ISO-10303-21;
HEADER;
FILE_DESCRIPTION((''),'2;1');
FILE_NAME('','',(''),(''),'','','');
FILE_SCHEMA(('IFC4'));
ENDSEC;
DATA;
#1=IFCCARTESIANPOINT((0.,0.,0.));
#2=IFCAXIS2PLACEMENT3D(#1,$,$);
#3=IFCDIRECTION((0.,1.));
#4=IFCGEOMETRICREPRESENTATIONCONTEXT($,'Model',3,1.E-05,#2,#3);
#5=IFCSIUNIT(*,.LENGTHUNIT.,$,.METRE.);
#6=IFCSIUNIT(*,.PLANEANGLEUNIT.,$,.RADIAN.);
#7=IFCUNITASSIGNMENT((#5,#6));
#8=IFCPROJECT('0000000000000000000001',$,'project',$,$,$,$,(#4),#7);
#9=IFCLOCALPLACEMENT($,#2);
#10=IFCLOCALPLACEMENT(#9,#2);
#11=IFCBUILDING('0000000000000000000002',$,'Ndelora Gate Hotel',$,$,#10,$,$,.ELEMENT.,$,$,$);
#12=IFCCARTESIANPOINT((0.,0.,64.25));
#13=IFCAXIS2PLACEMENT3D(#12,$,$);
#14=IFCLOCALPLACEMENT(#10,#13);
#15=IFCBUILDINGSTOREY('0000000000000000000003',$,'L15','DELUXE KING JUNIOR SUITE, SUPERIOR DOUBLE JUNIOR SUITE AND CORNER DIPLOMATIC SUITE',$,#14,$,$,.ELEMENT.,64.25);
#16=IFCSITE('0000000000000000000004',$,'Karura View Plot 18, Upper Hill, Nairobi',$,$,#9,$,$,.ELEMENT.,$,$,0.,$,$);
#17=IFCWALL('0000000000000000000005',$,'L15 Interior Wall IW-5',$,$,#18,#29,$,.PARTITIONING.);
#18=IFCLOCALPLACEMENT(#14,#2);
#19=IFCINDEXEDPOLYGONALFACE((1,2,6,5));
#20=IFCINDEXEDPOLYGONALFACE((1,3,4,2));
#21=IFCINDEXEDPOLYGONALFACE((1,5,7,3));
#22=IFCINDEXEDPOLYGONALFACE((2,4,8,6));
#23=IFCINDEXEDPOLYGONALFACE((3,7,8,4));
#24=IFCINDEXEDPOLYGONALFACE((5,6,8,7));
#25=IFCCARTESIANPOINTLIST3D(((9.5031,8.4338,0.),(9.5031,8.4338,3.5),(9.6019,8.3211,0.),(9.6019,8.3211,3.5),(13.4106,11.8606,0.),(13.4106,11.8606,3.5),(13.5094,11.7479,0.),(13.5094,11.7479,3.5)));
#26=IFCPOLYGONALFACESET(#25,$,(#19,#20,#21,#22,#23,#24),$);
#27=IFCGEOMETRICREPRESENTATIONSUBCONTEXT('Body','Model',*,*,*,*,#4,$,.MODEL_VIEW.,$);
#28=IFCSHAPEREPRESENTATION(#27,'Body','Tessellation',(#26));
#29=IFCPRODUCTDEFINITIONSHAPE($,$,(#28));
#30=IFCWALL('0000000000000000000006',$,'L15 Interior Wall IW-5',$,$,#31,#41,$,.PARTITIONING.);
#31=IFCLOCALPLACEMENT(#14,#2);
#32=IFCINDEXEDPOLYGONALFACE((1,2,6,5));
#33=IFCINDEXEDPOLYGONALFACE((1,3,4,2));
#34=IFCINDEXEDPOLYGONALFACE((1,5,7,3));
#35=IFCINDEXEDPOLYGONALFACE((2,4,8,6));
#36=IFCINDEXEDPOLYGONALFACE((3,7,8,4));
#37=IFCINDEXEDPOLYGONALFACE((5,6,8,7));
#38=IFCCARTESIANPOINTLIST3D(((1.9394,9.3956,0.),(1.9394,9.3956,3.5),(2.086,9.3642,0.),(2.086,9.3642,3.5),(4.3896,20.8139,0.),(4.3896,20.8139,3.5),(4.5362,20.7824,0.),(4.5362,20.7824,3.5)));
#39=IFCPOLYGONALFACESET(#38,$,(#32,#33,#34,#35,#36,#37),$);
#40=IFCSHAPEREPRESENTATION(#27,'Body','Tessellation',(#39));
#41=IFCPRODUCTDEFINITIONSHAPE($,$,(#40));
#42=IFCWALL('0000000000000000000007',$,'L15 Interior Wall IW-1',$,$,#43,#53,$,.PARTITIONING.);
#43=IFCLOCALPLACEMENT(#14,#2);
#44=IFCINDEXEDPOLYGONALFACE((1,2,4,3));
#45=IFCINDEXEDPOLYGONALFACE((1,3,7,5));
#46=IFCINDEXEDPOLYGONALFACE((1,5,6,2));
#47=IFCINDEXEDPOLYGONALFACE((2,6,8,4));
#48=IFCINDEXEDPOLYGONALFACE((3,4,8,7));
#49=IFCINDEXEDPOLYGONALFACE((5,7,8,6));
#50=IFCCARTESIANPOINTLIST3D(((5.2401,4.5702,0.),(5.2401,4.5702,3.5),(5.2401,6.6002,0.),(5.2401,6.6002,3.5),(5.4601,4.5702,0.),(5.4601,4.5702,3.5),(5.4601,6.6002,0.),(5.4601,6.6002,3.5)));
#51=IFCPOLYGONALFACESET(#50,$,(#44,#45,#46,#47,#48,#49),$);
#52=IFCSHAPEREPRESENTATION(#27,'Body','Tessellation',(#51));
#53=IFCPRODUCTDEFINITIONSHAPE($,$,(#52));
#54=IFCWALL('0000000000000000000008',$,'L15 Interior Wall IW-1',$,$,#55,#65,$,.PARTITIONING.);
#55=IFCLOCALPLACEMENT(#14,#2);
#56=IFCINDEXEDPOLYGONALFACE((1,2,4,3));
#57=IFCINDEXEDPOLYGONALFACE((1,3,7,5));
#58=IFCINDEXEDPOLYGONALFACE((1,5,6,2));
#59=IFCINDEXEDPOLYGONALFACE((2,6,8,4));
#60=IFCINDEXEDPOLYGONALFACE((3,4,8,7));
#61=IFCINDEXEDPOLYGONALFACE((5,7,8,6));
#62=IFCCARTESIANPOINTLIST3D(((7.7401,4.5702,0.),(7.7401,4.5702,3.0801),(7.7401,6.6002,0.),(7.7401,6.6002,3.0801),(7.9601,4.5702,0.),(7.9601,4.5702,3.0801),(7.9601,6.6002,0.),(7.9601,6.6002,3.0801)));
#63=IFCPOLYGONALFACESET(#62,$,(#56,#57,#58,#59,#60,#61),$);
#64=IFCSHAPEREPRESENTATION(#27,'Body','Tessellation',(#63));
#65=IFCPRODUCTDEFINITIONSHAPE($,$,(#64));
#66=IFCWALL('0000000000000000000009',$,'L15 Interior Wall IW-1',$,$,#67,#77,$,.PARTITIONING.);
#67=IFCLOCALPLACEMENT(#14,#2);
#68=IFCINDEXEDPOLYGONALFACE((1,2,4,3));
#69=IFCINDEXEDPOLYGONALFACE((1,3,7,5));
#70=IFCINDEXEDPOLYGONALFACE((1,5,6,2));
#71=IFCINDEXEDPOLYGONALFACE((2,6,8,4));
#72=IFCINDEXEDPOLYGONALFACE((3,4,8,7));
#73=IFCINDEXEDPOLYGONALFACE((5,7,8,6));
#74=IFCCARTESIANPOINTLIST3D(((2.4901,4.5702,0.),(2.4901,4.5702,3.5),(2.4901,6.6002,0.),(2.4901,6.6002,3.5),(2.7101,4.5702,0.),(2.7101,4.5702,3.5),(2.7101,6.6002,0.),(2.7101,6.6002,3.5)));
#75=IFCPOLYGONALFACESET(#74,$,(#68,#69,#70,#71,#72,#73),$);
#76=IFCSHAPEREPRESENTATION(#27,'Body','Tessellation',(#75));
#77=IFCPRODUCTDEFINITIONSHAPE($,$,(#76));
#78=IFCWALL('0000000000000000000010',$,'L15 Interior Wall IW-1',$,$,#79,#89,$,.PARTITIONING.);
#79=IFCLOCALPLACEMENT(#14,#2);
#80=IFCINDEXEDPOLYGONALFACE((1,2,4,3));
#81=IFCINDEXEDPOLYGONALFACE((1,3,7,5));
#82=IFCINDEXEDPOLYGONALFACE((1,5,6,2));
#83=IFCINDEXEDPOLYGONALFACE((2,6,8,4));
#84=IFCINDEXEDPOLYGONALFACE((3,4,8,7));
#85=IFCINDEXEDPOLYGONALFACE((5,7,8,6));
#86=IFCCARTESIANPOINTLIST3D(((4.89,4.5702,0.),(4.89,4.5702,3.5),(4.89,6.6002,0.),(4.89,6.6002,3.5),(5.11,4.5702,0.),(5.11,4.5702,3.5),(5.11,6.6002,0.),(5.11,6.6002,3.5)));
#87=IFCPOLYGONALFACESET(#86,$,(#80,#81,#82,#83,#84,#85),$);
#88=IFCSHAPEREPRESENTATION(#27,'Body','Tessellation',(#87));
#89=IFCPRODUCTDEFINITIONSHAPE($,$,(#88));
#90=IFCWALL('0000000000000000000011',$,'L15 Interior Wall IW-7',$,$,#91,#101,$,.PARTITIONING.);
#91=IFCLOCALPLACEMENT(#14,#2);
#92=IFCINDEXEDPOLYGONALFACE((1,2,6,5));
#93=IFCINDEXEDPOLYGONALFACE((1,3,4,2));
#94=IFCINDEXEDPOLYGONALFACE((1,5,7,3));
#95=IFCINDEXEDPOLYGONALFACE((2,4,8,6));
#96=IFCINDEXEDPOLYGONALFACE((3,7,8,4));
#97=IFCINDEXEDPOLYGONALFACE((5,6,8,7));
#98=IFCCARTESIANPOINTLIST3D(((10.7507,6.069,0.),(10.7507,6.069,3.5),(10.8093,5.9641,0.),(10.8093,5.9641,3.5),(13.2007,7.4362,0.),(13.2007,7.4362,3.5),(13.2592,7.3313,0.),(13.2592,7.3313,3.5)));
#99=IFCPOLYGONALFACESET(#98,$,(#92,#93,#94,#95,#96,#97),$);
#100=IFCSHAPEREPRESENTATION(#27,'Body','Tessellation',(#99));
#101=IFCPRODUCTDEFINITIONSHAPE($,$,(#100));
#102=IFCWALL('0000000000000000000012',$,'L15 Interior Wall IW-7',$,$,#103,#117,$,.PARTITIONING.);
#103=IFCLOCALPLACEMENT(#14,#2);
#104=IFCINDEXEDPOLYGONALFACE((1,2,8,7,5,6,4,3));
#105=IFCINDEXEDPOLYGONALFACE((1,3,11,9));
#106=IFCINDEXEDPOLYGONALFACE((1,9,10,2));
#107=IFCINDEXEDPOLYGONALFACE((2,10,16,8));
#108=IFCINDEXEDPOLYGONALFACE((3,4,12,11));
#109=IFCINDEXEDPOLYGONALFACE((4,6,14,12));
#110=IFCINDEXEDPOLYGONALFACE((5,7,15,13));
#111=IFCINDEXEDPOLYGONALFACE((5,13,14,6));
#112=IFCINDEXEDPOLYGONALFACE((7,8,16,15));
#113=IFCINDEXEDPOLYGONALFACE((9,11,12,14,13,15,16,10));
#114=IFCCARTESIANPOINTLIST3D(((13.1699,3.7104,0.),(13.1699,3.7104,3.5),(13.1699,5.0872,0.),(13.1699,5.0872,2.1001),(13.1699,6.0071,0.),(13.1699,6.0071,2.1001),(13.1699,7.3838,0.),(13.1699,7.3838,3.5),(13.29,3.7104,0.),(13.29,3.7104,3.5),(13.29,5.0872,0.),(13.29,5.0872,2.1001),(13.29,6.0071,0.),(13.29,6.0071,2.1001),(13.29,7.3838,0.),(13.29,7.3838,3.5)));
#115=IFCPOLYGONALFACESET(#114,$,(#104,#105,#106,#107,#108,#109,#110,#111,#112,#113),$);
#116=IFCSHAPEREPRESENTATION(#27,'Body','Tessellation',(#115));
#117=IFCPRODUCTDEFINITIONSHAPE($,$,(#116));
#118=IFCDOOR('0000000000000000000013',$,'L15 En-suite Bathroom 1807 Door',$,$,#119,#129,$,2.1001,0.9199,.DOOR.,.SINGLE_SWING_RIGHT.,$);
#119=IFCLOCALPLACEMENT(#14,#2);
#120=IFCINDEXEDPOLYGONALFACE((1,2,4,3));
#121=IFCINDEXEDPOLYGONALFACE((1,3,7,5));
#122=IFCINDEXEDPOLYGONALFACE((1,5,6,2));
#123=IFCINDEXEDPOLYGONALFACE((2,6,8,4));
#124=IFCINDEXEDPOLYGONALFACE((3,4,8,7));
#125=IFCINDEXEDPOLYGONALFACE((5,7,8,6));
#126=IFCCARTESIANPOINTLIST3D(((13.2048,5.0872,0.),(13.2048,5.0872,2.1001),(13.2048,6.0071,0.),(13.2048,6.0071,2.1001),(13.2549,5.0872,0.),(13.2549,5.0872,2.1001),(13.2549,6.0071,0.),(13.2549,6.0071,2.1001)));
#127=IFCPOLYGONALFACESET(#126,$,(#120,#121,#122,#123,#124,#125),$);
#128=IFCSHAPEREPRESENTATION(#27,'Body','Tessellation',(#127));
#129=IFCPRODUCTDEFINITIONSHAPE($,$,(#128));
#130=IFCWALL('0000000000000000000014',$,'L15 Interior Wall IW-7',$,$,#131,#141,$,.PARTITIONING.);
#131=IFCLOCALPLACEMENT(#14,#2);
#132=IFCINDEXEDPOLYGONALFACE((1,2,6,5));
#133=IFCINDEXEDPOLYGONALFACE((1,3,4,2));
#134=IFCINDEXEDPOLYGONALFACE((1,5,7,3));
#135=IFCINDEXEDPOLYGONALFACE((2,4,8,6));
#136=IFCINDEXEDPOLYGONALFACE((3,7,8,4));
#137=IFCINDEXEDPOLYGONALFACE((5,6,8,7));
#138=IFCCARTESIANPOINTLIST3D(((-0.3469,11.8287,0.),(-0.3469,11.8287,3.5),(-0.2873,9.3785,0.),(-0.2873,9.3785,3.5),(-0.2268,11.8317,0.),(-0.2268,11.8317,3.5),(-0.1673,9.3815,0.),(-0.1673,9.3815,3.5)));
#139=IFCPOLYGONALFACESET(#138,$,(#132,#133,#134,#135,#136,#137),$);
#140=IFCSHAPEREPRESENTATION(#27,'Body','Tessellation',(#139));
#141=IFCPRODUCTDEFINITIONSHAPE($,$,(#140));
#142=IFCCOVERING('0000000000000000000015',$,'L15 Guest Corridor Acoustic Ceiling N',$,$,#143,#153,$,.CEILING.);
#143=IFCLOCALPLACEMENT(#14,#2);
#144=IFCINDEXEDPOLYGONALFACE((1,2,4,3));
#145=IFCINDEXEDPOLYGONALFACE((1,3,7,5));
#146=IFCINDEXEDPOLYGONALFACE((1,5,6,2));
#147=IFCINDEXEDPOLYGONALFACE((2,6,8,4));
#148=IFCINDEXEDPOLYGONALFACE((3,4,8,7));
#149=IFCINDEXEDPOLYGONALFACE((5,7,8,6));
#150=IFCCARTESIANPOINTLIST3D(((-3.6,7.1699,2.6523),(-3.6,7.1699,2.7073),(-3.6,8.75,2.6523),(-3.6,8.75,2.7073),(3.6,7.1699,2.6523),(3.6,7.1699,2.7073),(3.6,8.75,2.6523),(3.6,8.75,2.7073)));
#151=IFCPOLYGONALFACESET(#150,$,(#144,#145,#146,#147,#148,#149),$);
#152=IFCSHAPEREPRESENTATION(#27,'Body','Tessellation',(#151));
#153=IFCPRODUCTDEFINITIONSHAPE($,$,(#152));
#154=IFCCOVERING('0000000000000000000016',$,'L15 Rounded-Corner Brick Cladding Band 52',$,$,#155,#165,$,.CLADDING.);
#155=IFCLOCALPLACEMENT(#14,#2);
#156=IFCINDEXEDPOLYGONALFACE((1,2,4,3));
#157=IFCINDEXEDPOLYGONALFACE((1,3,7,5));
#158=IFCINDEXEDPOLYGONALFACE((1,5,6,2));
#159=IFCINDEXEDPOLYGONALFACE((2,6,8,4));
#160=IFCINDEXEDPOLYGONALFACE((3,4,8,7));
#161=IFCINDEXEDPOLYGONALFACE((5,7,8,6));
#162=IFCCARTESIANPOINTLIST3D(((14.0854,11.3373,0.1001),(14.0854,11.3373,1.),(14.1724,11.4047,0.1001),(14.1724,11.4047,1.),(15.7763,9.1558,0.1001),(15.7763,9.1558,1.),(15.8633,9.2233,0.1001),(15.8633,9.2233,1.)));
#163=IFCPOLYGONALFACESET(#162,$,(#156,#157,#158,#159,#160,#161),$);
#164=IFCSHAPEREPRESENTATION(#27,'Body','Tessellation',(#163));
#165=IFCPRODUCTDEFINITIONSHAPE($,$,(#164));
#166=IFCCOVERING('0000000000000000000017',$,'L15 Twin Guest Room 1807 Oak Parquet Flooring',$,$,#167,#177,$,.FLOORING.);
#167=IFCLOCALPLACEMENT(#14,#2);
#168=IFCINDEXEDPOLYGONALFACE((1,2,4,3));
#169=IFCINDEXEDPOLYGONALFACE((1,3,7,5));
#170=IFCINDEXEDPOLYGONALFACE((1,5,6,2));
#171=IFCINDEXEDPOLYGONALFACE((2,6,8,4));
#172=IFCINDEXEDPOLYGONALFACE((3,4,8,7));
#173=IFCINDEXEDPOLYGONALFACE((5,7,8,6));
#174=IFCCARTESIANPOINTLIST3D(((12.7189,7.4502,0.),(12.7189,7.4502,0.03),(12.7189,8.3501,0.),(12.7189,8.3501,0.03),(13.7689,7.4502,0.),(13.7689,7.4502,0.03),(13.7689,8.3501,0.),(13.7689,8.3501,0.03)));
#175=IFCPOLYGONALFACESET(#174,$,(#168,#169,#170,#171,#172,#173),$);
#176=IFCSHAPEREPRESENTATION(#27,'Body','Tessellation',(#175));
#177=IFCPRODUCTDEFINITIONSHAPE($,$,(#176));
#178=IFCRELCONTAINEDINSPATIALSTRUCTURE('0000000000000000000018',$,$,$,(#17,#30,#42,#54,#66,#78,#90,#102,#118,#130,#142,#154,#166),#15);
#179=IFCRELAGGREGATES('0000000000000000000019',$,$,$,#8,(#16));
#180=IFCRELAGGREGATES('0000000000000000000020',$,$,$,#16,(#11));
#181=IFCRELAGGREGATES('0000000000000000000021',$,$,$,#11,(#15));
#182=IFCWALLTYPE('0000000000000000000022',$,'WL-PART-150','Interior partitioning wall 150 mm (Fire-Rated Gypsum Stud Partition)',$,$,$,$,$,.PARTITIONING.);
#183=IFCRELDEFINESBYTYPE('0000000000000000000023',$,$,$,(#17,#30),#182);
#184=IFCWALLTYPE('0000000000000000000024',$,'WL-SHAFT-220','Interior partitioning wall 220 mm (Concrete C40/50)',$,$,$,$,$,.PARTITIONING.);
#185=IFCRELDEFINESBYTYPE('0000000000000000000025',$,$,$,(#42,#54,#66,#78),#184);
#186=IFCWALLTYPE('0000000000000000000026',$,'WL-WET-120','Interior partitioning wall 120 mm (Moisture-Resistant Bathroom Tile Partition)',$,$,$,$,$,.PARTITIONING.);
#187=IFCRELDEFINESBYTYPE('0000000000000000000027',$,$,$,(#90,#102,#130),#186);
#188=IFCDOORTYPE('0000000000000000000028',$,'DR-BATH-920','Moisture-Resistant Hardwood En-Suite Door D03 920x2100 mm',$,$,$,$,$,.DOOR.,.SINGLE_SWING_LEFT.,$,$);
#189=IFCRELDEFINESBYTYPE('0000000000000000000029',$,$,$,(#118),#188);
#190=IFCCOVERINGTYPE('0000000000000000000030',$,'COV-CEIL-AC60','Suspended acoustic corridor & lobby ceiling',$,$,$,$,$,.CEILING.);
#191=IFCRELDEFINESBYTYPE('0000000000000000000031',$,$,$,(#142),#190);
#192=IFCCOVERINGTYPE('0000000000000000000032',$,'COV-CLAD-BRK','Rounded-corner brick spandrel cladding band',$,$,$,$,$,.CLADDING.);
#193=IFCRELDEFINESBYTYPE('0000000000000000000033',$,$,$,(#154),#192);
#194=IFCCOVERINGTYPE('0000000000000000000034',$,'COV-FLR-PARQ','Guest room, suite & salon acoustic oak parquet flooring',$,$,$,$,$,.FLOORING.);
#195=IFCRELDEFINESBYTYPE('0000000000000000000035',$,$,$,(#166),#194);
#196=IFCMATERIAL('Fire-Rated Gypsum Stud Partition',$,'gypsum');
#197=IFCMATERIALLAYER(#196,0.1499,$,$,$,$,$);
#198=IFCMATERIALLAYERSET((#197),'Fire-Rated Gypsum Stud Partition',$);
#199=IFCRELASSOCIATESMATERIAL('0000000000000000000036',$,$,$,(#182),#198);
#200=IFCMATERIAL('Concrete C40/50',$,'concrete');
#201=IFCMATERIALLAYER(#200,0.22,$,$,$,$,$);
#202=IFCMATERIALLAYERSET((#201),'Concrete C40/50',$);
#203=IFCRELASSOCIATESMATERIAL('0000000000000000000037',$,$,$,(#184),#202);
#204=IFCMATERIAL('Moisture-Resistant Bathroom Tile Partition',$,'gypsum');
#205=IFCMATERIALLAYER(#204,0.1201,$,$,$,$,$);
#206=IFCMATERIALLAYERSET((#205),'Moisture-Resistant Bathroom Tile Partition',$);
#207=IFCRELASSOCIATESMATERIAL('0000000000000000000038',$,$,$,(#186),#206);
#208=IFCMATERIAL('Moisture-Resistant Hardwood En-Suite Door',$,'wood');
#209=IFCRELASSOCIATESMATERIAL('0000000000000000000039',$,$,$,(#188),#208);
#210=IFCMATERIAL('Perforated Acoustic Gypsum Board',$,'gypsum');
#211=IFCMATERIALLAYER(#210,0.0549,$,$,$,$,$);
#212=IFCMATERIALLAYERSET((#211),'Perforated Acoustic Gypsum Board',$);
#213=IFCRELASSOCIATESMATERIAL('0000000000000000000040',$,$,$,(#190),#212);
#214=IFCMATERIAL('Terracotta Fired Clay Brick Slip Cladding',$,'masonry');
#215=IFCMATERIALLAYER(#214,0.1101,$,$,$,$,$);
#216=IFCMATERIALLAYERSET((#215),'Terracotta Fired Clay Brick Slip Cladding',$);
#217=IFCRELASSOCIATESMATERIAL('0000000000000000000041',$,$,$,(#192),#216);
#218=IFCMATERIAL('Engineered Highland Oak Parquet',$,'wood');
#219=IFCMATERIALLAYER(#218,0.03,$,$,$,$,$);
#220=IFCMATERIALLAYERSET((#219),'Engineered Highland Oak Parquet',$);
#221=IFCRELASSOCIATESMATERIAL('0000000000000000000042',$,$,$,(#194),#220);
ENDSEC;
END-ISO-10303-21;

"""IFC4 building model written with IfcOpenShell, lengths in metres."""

from ifc_helpers import new_model, si_unit, direction, frame, frame_2d, origin, origin_2d, place, context, subcontext, project, spatial, rectangle, extrude, material, layer, layer_set, type_object, element, fill, save


model = new_model("IFC4")

# Units and contexts
model_context = context("Model", 3, precision=1e-05, world=origin(), true_north=direction((0.0, 1.0)))
body_context = subcontext(model_context, "Body", "Model", "MODEL_VIEW")
ifc_project = project(units=[si_unit("LENGTHUNIT", "METRE"), si_unit("PLANEANGLEUNIT", "RADIAN")], contexts=[model_context])

# Site, building, storey
site_placement = place(None, origin())
site = spatial("IfcSite", under=ifc_project, at=site_placement, Name="Karura View Plot 18, Upper Hill, Nairobi", CompositionType="ELEMENT", RefElevation=0.0)
building_placement = place(site_placement, origin())
building = spatial("IfcBuilding", under=site, at=building_placement, Name="Ndelora Gate Hotel", CompositionType="ELEMENT")
storey_placement = place(building_placement, frame((0.0, 0.0, 64.25)))
storey = spatial("IfcBuildingStorey", under=building, at=storey_placement, Name="L15", Description="DELUXE KING JUNIOR SUITE, SUPERIOR DOUBLE JUNIOR SUITE AND CORNER DIPLOMATIC SUITE", CompositionType="ELEMENT", Elevation=64.25)

# Shared definitions
ifc_material_1 = material(Name="Fire-Rated Gypsum Stud Partition", Category="gypsum")
ifc_layer_1 = layer(ifc_material_1, 0.1499)
ifc_layer_set_1 = layer_set([ifc_layer_1], Name="Fire-Rated Gypsum Stud Partition")
wall_type_1 = type_object("IfcWallType", Name="WL-PART-150", Description="Interior partitioning wall 150 mm (Fire-Rated Gypsum Stud Partition)", PredefinedType="PARTITIONING", material=ifc_layer_set_1)

# Walls
wall_1_placement = place(storey_placement, frame((9.5525, 8.3774, 0.0), z_axis=(0.0, 0.0, 1.0), x_axis=(0.75184, 0.659346, 0.0)))
element("IfcWall", 1, at=wall_1_placement, inside=storey, type_object=wall_type_1, Name="L15 Interior Wall IW-5", PredefinedType="PARTITIONING", context=body_context, shape_type="SweptSolid", body=[
    extrude(rectangle(XDim=5.1973, YDim=0.1499, at=frame_2d((2.5986, 0.0))), origin(), (0.0, 0.0, 1.0), 3.5),
])
wall_2_placement = place(storey_placement, frame((2.0127, 9.3799, 0.0), z_axis=(0.0, 0.0, 1.0), x_axis=(0.20981, 0.977742, 0.0)))
element("IfcWall", 2, at=wall_2_placement, inside=storey, type_object=wall_type_1, Name="L15 Interior Wall IW-5", PredefinedType="PARTITIONING", context=body_context, shape_type="SweptSolid", body=[
    extrude(rectangle(XDim=11.6782, YDim=0.1499, at=frame_2d((5.8391, 0.0))), origin(), (0.0, 0.0, 1.0), 3.5),
])
ifc_material_2 = material(Name="Concrete C40/50", Category="concrete")
ifc_layer_2 = layer(ifc_material_2, 0.22)
ifc_layer_set_2 = layer_set([ifc_layer_2], Name="Concrete C40/50")
wall_type_2 = type_object("IfcWallType", Name="WL-SHAFT-220", Description="Interior partitioning wall 220 mm (Concrete C40/50)", PredefinedType="PARTITIONING", material=ifc_layer_set_2)
wall_3_placement = place(storey_placement, frame((5.3501, 4.5701, 0.0), z_axis=(0.0, 0.0, 1.0), x_axis=(0.0, 1.0, 0.0)))
element("IfcWall", 3, at=wall_3_placement, inside=storey, type_object=wall_type_2, Name="L15 Interior Wall IW-1", PredefinedType="PARTITIONING", context=body_context, shape_type="SweptSolid", body=[
    extrude(rectangle(XDim=2.03, YDim=0.22, at=frame_2d((1.0151, 0.0))), origin(), (0.0, 0.0, 1.0), 3.5),
])
wall_4_placement = place(storey_placement, frame((7.8501, 4.5701, 0.0), z_axis=(0.0, 0.0, 1.0), x_axis=(0.0, 1.0, 0.0)))
element("IfcWall", 4, at=wall_4_placement, inside=storey, type_object=wall_type_2, Name="L15 Interior Wall IW-1", PredefinedType="PARTITIONING", context=body_context, shape_type="SweptSolid", body=[
    extrude(rectangle(XDim=2.03, YDim=0.22, at=frame_2d((1.0151, 0.0))), origin(), (0.0, 0.0, 1.0), 3.0801),
])
for number, where, z_axis, x_axis, name in (
    (5, (2.6001, 4.5701, 0.0), (0.0, 0.0, 1.0), (0.0, 1.0, 0.0), "L15 Interior Wall IW-1"),
    (6, (5.0, 4.5701, 0.0), (0.0, 0.0, 1.0), (0.0, 1.0, 0.0), "L15 Interior Wall IW-1"),
):
    element("IfcWall", number, at=place(storey_placement, frame(where, z_axis=z_axis, x_axis=x_axis)), inside=storey, type_object=wall_type_2, Name=name, PredefinedType="PARTITIONING", context=body_context, shape_type="SweptSolid", body=[
        extrude(rectangle(XDim=2.03, YDim=0.22, at=frame_2d((1.0151, 0.0))), origin(), (0.0, 0.0, 1.0), 3.5),
    ])
ifc_material_3 = material(Name="Moisture-Resistant Bathroom Tile Partition", Category="gypsum")
ifc_layer_3 = layer(ifc_material_3, 0.1201)
ifc_layer_set_3 = layer_set([ifc_layer_3], Name="Moisture-Resistant Bathroom Tile Partition")
wall_type_3 = type_object("IfcWallType", Name="WL-WET-120", Description="Interior partitioning wall 120 mm (Moisture-Resistant Bathroom Tile Partition)", PredefinedType="PARTITIONING", material=ifc_layer_set_3)
wall_5_placement = place(storey_placement, frame((13.23, 7.3838, 0.0), z_axis=(0.0, 0.0, 1.0), x_axis=(-0.873232, -0.487304, 0.0)))
element("IfcWall", 7, at=wall_5_placement, inside=storey, type_object=wall_type_3, Name="L15 Interior Wall IW-7", PredefinedType="PARTITIONING", context=body_context, shape_type="SweptSolid", body=[
    extrude(rectangle(XDim=2.8057, YDim=0.1201, at=frame_2d((1.4028, 0.0))), origin(), (0.0, 0.0, 1.0), 3.5),
])

# Wall, opening, door
wall_6_placement = place(storey_placement, frame((13.23, 7.3838, 0.0), z_axis=(0.0, 0.0, 1.0), x_axis=(0.0, -1.0, 0.0)))
wall_6 = element("IfcWall", 8, at=wall_6_placement, inside=storey, type_object=wall_type_3, Name="L15 Interior Wall IW-7", PredefinedType="PARTITIONING", context=body_context, shape_type="SweptSolid", body=[
    extrude(rectangle(XDim=3.6733, YDim=0.1201, at=frame_2d((1.8367, 0.0))), origin(), (0.0, 0.0, 1.0), 3.5),
])
opening_1_placement = place(wall_6_placement, frame((1.3767, 0.0, 0.0)))
opening_1 = element("IfcOpeningElement", 9, at=opening_1_placement, cuts=wall_6, PredefinedType="OPENING", context=body_context, shape_type="SweptSolid", body=[
    extrude(rectangle(XDim=0.9199, YDim=2.1001, at=frame_2d((0.46, 1.05))), frame((0.0, 0.0701, 0.0), z_axis=(0.0, -1.0, 0.0), x_axis=(1.0, 0.0, 0.0)), (0.0, 0.0, 1.0), 0.1401),
])
ifc_material_4 = material(Name="Moisture-Resistant Hardwood En-Suite Door", Category="wood")
door_type_1 = type_object("IfcDoorType", Name="DR-BATH-920", Description="Moisture-Resistant Hardwood En-Suite Door D03 920x2100 mm", OperationType="SINGLE_SWING_LEFT", PredefinedType="DOOR", material=ifc_material_4)
door_1_placement = place(opening_1_placement, origin())
door_1 = element("IfcDoor", 10, at=door_1_placement, inside=storey, type_object=door_type_1, Name="L15 En-suite Bathroom 1807 Door", OperationType="SINGLE_SWING_RIGHT", OverallHeight=2.1001, OverallWidth=0.9199, PredefinedType="DOOR", context=body_context, shape_type="SweptSolid", body=[
    extrude(rectangle(XDim=0.9199, YDim=2.1001, at=frame_2d((0.46, 1.05))), frame((0.0, 0.0249, 0.0), z_axis=(0.0, -1.0, 0.0), x_axis=(1.0, 0.0, 0.0)), (0.0, 0.0, 1.0), 0.05),
])
fill(opening_1, door_1)

# Wall
wall_7_placement = place(storey_placement, frame((-0.2273, 9.3799, 0.0), z_axis=(0.0, 0.0, 1.0), x_axis=(-0.024305, 0.999705, 0.0)))
element("IfcWall", 11, at=wall_7_placement, inside=storey, type_object=wall_type_3, Name="L15 Interior Wall IW-7", PredefinedType="PARTITIONING", context=body_context, shape_type="SweptSolid", body=[
    extrude(rectangle(XDim=2.4509, YDim=0.1201, at=frame_2d((1.2256, 0.0))), origin(), (0.0, 0.0, 1.0), 3.5),
])

# Coverings
ifc_material_5 = material(Name="Perforated Acoustic Gypsum Board", Category="gypsum")
ifc_layer_4 = layer(ifc_material_5, 0.0549)
ifc_layer_set_4 = layer_set([ifc_layer_4], Name="Perforated Acoustic Gypsum Board")
covering_type_1 = type_object("IfcCoveringType", Name="COV-CEIL-AC60", Description="Suspended acoustic corridor & lobby ceiling", PredefinedType="CEILING", material=ifc_layer_set_4)
covering_1_placement = place(storey_placement, frame((0.0, 7.96, 2.6523), z_axis=(0.0, 0.0, 1.0), x_axis=(1.0, 0.0, 0.0)))
element("IfcCovering", 12, at=covering_1_placement, inside=storey, type_object=covering_type_1, Name="L15 Guest Corridor Acoustic Ceiling N", PredefinedType="CEILING", context=body_context, shape_type="SweptSolid", body=[
    extrude(rectangle(XDim=7.2, YDim=1.5801, at=origin_2d()), origin(), (0.0, 0.0, 1.0), 0.0549),
])
ifc_material_6 = material(Name="Terracotta Fired Clay Brick Slip Cladding", Category="masonry")
ifc_layer_5 = layer(ifc_material_6, 0.1101)
ifc_layer_set_5 = layer_set([ifc_layer_5], Name="Terracotta Fired Clay Brick Slip Cladding")
covering_type_2 = type_object("IfcCoveringType", Name="COV-CLAD-BRK", Description="Rounded-corner brick spandrel cladding band", PredefinedType="CLADDING", material=ifc_layer_set_5)
covering_2_placement = place(storey_placement, frame((14.9744, 10.2803, 0.1001), z_axis=(0.0, 0.0, 1.0), x_axis=(-0.612631, 0.790369, 0.0)))
element("IfcCovering", 13, at=covering_2_placement, inside=storey, type_object=covering_type_2, Name="L15 Rounded-Corner Brick Cladding Band 52", PredefinedType="CLADDING", context=body_context, shape_type="SweptSolid", body=[
    extrude(rectangle(XDim=2.76, YDim=0.1101, at=origin_2d()), origin(), (0.0, 0.0, 1.0), 0.8999),
])
ifc_material_7 = material(Name="Engineered Highland Oak Parquet", Category="wood")
ifc_layer_6 = layer(ifc_material_7, 0.03)
ifc_layer_set_6 = layer_set([ifc_layer_6], Name="Engineered Highland Oak Parquet")
covering_type_3 = type_object("IfcCoveringType", Name="COV-FLR-PARQ", Description="Guest room, suite & salon acoustic oak parquet flooring", PredefinedType="FLOORING", material=ifc_layer_set_6)
covering_3_placement = place(storey_placement, frame((13.2439, 7.9001, 0.0), z_axis=(0.0, 0.0, 1.0), x_axis=(1.0, 0.0, 0.0)))
element("IfcCovering", 14, at=covering_3_placement, inside=storey, type_object=covering_type_3, Name="L15 Twin Guest Room 1807 Oak Parquet Flooring", PredefinedType="FLOORING", context=body_context, shape_type="SweptSolid", body=[
    extrude(rectangle(XDim=1.05, YDim=0.8999, at=origin_2d()), origin(), (0.0, 0.0, 1.0), 0.03),
])

save(model, "model.ifc")
